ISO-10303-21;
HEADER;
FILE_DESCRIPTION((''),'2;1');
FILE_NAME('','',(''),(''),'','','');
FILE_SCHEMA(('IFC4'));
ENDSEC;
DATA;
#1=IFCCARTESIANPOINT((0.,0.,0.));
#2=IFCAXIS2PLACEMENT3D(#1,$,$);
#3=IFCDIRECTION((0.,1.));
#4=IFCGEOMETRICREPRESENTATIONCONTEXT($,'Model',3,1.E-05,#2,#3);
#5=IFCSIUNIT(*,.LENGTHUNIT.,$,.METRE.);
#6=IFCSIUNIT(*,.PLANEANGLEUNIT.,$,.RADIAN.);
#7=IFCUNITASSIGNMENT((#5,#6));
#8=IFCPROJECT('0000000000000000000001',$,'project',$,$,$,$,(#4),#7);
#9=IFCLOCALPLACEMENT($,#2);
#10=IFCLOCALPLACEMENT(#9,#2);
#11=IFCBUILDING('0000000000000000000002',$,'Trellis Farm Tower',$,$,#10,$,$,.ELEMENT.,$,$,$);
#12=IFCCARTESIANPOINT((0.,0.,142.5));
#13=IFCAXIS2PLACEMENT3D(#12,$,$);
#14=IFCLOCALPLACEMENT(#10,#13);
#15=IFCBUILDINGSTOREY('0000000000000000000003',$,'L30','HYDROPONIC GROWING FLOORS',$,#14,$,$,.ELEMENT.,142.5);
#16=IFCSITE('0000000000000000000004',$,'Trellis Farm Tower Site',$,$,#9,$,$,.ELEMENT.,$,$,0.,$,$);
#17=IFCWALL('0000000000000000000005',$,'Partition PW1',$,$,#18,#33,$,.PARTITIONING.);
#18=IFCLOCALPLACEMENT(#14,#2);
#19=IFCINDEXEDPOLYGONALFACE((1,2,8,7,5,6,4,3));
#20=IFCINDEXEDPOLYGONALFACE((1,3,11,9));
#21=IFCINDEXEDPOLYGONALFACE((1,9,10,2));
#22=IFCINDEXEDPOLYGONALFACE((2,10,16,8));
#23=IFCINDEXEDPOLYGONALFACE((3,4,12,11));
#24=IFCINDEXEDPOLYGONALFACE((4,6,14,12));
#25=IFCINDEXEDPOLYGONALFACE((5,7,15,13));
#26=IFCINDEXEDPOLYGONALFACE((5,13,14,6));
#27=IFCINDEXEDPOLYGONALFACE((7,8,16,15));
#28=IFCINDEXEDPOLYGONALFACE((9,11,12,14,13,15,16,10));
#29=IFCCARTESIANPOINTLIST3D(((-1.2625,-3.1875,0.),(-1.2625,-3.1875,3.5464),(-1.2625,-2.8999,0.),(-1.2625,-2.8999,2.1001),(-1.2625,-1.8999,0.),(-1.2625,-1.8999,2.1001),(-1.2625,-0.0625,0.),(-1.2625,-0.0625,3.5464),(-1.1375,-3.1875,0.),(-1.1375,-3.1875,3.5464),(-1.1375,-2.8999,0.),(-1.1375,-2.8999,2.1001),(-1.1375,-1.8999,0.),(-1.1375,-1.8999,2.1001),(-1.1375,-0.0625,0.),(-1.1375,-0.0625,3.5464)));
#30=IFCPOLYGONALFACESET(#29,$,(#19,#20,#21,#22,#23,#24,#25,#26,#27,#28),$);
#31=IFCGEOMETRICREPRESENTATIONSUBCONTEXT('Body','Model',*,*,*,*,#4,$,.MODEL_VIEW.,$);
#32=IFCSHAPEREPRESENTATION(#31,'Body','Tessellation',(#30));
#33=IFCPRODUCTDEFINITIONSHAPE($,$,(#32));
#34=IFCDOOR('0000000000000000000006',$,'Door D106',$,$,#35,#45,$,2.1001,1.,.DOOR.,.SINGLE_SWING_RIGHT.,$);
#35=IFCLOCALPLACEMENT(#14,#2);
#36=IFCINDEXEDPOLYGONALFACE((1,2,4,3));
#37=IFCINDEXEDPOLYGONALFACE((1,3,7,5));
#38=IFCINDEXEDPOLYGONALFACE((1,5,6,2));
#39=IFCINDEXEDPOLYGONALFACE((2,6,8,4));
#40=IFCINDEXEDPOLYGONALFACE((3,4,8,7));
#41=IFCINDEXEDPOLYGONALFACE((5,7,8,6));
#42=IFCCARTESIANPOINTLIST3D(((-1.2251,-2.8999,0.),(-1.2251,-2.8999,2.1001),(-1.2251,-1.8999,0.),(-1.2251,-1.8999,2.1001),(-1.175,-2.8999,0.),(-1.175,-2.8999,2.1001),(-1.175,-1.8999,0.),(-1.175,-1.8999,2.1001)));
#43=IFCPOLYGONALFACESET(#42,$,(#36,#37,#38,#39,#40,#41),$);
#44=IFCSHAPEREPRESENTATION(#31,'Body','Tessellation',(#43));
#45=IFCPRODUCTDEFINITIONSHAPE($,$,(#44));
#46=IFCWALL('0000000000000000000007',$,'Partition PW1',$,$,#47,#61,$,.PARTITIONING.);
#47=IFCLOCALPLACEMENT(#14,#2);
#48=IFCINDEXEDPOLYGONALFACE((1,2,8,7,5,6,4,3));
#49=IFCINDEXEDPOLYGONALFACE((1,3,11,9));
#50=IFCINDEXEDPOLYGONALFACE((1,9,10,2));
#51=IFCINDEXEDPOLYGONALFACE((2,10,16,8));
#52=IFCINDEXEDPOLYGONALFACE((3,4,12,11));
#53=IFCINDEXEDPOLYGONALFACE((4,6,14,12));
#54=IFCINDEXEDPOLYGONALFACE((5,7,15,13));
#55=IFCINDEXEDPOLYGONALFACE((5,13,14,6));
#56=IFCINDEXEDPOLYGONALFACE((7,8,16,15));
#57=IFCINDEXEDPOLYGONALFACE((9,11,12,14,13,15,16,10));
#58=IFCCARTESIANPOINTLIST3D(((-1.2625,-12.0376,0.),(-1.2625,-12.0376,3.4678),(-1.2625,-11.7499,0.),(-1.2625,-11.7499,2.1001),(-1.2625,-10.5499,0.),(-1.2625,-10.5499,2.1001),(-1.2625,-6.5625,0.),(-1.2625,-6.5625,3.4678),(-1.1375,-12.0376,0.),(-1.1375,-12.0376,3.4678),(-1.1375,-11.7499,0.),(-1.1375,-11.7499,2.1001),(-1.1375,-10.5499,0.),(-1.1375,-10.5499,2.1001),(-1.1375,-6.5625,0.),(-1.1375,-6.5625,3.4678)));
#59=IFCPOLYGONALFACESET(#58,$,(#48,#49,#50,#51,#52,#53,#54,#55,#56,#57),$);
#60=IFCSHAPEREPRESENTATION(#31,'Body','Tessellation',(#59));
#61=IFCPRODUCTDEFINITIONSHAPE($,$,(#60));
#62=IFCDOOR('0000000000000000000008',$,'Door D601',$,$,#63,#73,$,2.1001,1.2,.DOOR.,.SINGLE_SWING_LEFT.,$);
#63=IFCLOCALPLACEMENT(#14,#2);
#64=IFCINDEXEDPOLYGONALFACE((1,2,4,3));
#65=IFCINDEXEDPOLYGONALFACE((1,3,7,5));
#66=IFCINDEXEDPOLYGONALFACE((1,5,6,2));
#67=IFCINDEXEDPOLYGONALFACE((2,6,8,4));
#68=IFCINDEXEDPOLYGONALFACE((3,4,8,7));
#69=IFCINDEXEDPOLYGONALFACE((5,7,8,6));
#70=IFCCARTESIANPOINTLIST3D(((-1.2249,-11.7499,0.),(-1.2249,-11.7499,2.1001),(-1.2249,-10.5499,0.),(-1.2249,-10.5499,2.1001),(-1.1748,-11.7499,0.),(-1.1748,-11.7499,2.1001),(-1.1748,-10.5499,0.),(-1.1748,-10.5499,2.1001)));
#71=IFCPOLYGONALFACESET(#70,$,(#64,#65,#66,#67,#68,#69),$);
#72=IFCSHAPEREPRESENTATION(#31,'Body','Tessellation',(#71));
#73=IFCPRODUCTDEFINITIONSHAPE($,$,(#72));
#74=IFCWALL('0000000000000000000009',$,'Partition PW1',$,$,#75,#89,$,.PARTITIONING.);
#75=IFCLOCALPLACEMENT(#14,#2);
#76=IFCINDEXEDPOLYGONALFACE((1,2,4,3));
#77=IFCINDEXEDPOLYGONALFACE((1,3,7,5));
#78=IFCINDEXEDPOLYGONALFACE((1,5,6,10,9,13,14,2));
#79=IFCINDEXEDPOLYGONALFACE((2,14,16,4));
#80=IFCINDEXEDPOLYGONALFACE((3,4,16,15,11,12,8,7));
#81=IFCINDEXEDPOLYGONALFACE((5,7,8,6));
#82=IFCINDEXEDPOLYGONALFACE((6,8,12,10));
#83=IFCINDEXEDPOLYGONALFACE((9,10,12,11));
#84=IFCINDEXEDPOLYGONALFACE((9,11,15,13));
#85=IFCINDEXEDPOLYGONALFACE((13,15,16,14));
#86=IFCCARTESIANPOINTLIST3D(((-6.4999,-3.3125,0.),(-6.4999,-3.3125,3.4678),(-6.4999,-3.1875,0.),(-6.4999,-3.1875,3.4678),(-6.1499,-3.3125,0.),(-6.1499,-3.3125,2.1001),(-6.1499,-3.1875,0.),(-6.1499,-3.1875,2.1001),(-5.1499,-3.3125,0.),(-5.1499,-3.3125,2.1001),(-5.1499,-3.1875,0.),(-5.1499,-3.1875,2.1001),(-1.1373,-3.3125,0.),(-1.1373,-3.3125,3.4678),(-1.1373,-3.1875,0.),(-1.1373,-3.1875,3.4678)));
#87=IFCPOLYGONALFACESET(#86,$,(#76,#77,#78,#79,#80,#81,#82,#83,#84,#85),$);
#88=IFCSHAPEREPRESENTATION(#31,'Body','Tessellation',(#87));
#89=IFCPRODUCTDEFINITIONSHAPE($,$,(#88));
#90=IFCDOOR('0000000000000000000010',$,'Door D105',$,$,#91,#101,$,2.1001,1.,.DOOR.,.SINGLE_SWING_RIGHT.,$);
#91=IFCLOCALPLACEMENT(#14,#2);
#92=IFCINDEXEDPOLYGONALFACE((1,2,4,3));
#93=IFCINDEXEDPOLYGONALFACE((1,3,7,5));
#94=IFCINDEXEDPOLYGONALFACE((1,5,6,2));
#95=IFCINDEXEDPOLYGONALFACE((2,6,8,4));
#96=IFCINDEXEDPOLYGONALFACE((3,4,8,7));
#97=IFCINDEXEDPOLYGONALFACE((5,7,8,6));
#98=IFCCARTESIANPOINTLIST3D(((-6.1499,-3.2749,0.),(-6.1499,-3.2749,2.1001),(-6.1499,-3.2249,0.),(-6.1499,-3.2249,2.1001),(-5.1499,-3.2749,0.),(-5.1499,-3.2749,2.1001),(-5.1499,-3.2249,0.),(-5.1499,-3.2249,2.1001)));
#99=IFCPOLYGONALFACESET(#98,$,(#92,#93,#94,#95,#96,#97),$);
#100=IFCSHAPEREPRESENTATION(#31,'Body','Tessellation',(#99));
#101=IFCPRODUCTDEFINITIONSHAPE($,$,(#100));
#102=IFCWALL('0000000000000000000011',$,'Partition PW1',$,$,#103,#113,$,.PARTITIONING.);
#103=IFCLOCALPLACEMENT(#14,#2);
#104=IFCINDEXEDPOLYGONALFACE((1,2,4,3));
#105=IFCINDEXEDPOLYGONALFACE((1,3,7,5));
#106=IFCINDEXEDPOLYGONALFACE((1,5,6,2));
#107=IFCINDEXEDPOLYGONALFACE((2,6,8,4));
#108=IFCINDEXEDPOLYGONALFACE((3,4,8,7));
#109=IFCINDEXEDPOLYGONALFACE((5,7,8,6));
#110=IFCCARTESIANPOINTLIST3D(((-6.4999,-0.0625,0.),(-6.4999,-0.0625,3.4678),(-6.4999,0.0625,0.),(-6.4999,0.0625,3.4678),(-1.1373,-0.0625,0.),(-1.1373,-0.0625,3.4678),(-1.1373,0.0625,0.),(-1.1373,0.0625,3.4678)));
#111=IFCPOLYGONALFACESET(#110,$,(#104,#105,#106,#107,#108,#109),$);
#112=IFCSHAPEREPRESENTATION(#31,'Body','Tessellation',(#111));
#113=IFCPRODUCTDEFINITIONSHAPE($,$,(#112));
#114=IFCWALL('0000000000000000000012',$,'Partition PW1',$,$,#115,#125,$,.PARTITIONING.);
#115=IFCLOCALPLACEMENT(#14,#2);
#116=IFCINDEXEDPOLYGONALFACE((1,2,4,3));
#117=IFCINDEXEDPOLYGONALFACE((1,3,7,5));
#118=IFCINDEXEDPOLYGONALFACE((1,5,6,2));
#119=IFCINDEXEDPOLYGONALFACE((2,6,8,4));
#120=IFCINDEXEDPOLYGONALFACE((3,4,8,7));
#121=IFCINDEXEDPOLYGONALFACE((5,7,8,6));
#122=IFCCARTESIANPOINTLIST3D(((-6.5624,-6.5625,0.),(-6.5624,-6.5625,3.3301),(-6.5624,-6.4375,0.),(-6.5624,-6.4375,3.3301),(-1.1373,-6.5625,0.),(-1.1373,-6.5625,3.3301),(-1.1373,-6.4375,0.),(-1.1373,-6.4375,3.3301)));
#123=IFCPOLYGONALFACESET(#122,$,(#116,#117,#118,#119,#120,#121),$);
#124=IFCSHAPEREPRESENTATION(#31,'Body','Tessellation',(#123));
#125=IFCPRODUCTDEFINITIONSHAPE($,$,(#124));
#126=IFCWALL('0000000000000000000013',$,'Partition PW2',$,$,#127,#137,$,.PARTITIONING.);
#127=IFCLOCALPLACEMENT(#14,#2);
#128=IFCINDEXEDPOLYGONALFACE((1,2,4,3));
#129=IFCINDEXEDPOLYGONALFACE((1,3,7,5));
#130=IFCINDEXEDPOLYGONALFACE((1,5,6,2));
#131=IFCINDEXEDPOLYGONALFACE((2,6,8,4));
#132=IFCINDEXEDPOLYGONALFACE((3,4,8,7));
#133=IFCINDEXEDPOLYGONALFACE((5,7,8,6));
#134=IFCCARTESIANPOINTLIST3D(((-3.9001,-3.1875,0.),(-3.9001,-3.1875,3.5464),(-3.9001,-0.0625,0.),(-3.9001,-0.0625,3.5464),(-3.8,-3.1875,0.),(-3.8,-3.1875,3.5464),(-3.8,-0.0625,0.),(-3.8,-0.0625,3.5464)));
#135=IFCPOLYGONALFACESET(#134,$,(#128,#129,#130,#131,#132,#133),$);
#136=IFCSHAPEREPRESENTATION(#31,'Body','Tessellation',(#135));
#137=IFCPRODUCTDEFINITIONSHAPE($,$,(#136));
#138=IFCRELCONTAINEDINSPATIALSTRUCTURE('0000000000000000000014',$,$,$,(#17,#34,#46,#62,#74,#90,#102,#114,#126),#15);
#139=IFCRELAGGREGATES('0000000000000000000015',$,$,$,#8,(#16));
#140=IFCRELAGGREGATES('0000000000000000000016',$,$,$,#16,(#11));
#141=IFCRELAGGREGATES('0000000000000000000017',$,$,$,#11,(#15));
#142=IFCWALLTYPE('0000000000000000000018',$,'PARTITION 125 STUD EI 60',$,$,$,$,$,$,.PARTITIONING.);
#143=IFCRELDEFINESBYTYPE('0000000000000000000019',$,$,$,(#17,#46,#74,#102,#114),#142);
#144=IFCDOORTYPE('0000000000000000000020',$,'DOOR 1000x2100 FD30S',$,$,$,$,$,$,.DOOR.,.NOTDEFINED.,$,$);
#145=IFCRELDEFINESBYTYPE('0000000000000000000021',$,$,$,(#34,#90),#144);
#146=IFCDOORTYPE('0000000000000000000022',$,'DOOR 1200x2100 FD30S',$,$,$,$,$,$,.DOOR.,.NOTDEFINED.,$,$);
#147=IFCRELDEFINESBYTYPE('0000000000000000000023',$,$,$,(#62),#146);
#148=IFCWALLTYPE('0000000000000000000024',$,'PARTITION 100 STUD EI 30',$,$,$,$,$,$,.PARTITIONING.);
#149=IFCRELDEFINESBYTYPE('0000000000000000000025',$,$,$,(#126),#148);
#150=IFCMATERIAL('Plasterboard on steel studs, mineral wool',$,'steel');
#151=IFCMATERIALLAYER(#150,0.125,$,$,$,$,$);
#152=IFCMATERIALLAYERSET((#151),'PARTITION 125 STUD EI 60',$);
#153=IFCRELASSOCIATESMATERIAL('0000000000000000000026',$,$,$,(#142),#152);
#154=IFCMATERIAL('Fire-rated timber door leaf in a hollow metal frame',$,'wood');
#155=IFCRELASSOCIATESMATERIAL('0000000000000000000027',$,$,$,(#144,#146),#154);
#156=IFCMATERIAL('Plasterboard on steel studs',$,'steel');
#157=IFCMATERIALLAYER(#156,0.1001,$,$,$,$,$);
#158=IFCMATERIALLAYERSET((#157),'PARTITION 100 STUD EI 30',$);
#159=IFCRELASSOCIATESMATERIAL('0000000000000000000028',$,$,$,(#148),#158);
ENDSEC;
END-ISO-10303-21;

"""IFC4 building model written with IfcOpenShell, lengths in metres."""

from ifc_helpers import new_model, si_unit, direction, frame, frame_2d, origin, place, context, subcontext, project, spatial, rectangle, extrude, source, transform, mapped, material, layer, layer_set, type_object, element, fill, save


model = new_model("IFC4")

# Units and contexts
model_context = context("Model", 3, precision=1e-05, world=origin(), true_north=direction((0.0, 1.0)))
body_context = subcontext(model_context, "Body", "Model", "MODEL_VIEW")
ifc_project = project(units=[si_unit("LENGTHUNIT", "METRE"), si_unit("PLANEANGLEUNIT", "RADIAN")], contexts=[model_context])

# Site, building, storey
site_placement = place(None, origin())
site = spatial("IfcSite", under=ifc_project, at=site_placement, Name="Trellis Farm Tower Site", CompositionType="ELEMENT", RefElevation=0.0)
building_placement = place(site_placement, origin())
building = spatial("IfcBuilding", under=site, at=building_placement, Name="Trellis Farm Tower", CompositionType="ELEMENT")
storey_placement = place(building_placement, frame((0.0, 0.0, 142.5)))
storey = spatial("IfcBuildingStorey", under=building, at=storey_placement, Name="L30", Description="HYDROPONIC GROWING FLOORS", CompositionType="ELEMENT", Elevation=142.5)

# Walls, openings, doors
ifc_material_1 = material(Name="Plasterboard on steel studs, mineral wool", Category="steel")
ifc_layer_1 = layer(ifc_material_1, 0.125)
ifc_layer_set_1 = layer_set([ifc_layer_1], Name="PARTITION 125 STUD EI 60")
wall_type_1 = type_object("IfcWallType", Name="PARTITION 125 STUD EI 60", PredefinedType="PARTITIONING", material=ifc_layer_set_1)
shared_shape_1 = source(origin(), body_context, "Body", "SweptSolid", [
    extrude(rectangle(XDim=3.125, YDim=0.125, at=frame_2d((1.5625, 0.0))), origin(), (0.0, 0.0, 1.0), 3.5464),
])
wall_1_placement = place(storey_placement, frame((-1.2, -0.0625, 0.0), z_axis=(0.0, 0.0, 1.0), x_axis=(0.0, -1.0, 0.0)))
wall_1 = element("IfcWall", 1, at=wall_1_placement, inside=storey, type_object=wall_type_1, Name="Partition PW1", PredefinedType="PARTITIONING", context=body_context, shape_type="MappedRepresentation", body=[
    mapped(shared_shape_1, transform((0.0, 0.0, 0.0))),
])
shared_shape_2 = source(origin(), body_context, "Body", "SweptSolid", [
    extrude(rectangle(XDim=1.0, YDim=2.1001, at=frame_2d((0.5, 1.05))), frame((0.0, 0.0725, 0.0), z_axis=(0.0, -1.0, 0.0), x_axis=(1.0, 0.0, 0.0)), (0.0, 0.0, 1.0), 0.145),
])
opening_1_placement = place(wall_1_placement, frame((1.8374, 0.0, 0.0)))
opening_1 = element("IfcOpeningElement", 2, at=opening_1_placement, cuts=wall_1, PredefinedType="OPENING", context=body_context, shape_type="MappedRepresentation", body=[
    mapped(shared_shape_2, transform((0.0, 0.0, 0.0))),
])
ifc_material_2 = material(Name="Fire-rated timber door leaf in a hollow metal frame", Category="wood")
door_type_1 = type_object("IfcDoorType", Name="DOOR 1000x2100 FD30S", OperationType="NOTDEFINED", PredefinedType="DOOR", material=ifc_material_2)
shared_shape_3 = source(origin(), body_context, "Body", "SweptSolid", [
    extrude(rectangle(XDim=1.0, YDim=2.1001, at=frame_2d((0.5, 1.05))), frame((0.0, 0.0249, 0.0), z_axis=(0.0, -1.0, 0.0), x_axis=(1.0, 0.0, 0.0)), (0.0, 0.0, 1.0), 0.05),
])
door_1_placement = place(opening_1_placement, origin())
door_1 = element("IfcDoor", 3, at=door_1_placement, inside=storey, type_object=door_type_1, Name="Door D106", OperationType="SINGLE_SWING_RIGHT", OverallHeight=2.1001, OverallWidth=1.0, PredefinedType="DOOR", context=body_context, shape_type="MappedRepresentation", body=[
    mapped(shared_shape_3, transform((0.0, 0.0, 0.0))),
])
fill(opening_1, door_1)
shared_shape_4 = source(origin(), body_context, "Body", "SweptSolid", [
    extrude(rectangle(XDim=5.4751, YDim=0.125, at=frame_2d((2.7375, 0.0))), origin(), (0.0, 0.0, 1.0), 3.4678),
])
wall_2_placement = place(storey_placement, frame((-1.2, -12.0376, 0.0), z_axis=(0.0, 0.0, 1.0), x_axis=(0.0, 1.0, 0.0)))
wall_2 = element("IfcWall", 4, at=wall_2_placement, inside=storey, type_object=wall_type_1, Name="Partition PW1", PredefinedType="PARTITIONING", context=body_context, shape_type="MappedRepresentation", body=[
    mapped(shared_shape_4, transform((0.0, 0.0, 0.0))),
])
shared_shape_5 = source(origin(), body_context, "Body", "SweptSolid", [
    extrude(rectangle(XDim=1.2, YDim=2.1001, at=frame_2d((0.6001, 1.05))), frame((0.0, 0.0725, 0.0), z_axis=(0.0, -1.0, 0.0), x_axis=(1.0, 0.0, 0.0)), (0.0, 0.0, 1.0), 0.145),
])
opening_2_placement = place(wall_2_placement, frame((0.2876, 0.0, 0.0)))
opening_2 = element("IfcOpeningElement", 5, at=opening_2_placement, cuts=wall_2, PredefinedType="OPENING", context=body_context, shape_type="MappedRepresentation", body=[
    mapped(shared_shape_5, transform((0.0, 0.0, 0.0))),
])
door_type_2 = type_object("IfcDoorType", Name="DOOR 1200x2100 FD30S", OperationType="NOTDEFINED", PredefinedType="DOOR", material=ifc_material_2)
shared_shape_6 = source(origin(), body_context, "Body", "SweptSolid", [
    extrude(rectangle(XDim=1.2, YDim=2.1001, at=frame_2d((0.6001, 1.05))), frame((0.0, 0.0249, 0.0), z_axis=(0.0, -1.0, 0.0), x_axis=(1.0, 0.0, 0.0)), (0.0, 0.0, 1.0), 0.05),
])
door_2_placement = place(opening_2_placement, origin())
door_2 = element("IfcDoor", 6, at=door_2_placement, inside=storey, type_object=door_type_2, Name="Door D601", OperationType="SINGLE_SWING_LEFT", OverallHeight=2.1001, OverallWidth=1.2, PredefinedType="DOOR", context=body_context, shape_type="MappedRepresentation", body=[
    mapped(shared_shape_6, transform((0.0, 0.0, 0.0))),
])
fill(opening_2, door_2)
shared_shape_7 = source(origin(), body_context, "Body", "SweptSolid", [
    extrude(rectangle(XDim=5.3625, YDim=0.125, at=frame_2d((2.6812, 0.0))), origin(), (0.0, 0.0, 1.0), 3.4678),
])
wall_3_placement = place(storey_placement, frame((-1.1375, -3.25, 0.0), z_axis=(0.0, 0.0, 1.0), x_axis=(-1.0, 0.0, 0.0)))
wall_3 = element("IfcWall", 7, at=wall_3_placement, inside=storey, type_object=wall_type_1, Name="Partition PW1", PredefinedType="PARTITIONING", context=body_context, shape_type="MappedRepresentation", body=[
    mapped(shared_shape_7, transform((0.0, 0.0, 0.0))),
])
opening_3_placement = place(wall_3_placement, frame((4.0125, 0.0, 0.0)))
opening_3 = element("IfcOpeningElement", 8, at=opening_3_placement, cuts=wall_3, PredefinedType="OPENING", context=body_context, shape_type="MappedRepresentation", body=[
    mapped(shared_shape_2, transform((0.0, 0.0, 0.0))),
])
door_3_placement = place(opening_3_placement, origin())
door_3 = element("IfcDoor", 9, at=door_3_placement, inside=storey, type_object=door_type_1, Name="Door D105", OperationType="SINGLE_SWING_RIGHT", OverallHeight=2.1001, OverallWidth=1.0, PredefinedType="DOOR", context=body_context, shape_type="MappedRepresentation", body=[
    mapped(shared_shape_3, transform((0.0, 0.0, 0.0))),
])
fill(opening_3, door_3)

# Walls
wall_4_placement = place(storey_placement, frame((-1.1375, 0.0, 0.0), z_axis=(0.0, 0.0, 1.0), x_axis=(-1.0, 0.0, 0.0)))
element("IfcWall", 10, at=wall_4_placement, inside=storey, type_object=wall_type_1, Name="Partition PW1", PredefinedType="PARTITIONING", context=body_context, shape_type="MappedRepresentation", body=[
    mapped(shared_shape_7, transform((0.0, 0.0, 0.0))),
])
shared_shape_8 = source(origin(), body_context, "Body", "SweptSolid", [
    extrude(rectangle(XDim=5.425, YDim=0.125, at=frame_2d((2.7124, 0.0))), origin(), (0.0, 0.0, 1.0), 3.3301),
])
wall_5_placement = place(storey_placement, frame((-1.1375, -6.5, 0.0), z_axis=(0.0, 0.0, 1.0), x_axis=(-1.0, 0.0, 0.0)))
element("IfcWall", 11, at=wall_5_placement, inside=storey, type_object=wall_type_1, Name="Partition PW1", PredefinedType="PARTITIONING", context=body_context, shape_type="MappedRepresentation", body=[
    mapped(shared_shape_8, transform((0.0, 0.0, 0.0))),
])
ifc_material_3 = material(Name="Plasterboard on steel studs", Category="steel")
ifc_layer_2 = layer(ifc_material_3, 0.1001)
ifc_layer_set_2 = layer_set([ifc_layer_2], Name="PARTITION 100 STUD EI 30")
wall_type_2 = type_object("IfcWallType", Name="PARTITION 100 STUD EI 30", PredefinedType="PARTITIONING", material=ifc_layer_set_2)
shared_shape_9 = source(origin(), body_context, "Body", "SweptSolid", [
    extrude(rectangle(XDim=3.125, YDim=0.1001, at=frame_2d((1.5625, 0.0))), origin(), (0.0, 0.0, 1.0), 3.5464),
])
wall_6_placement = place(storey_placement, frame((-3.8501, -3.1875, 0.0), z_axis=(0.0, 0.0, 1.0), x_axis=(0.0, 1.0, 0.0)))
element("IfcWall", 12, at=wall_6_placement, inside=storey, type_object=wall_type_2, Name="Partition PW2", PredefinedType="PARTITIONING", context=body_context, shape_type="MappedRepresentation", body=[
    mapped(shared_shape_9, transform((0.0, 0.0, 0.0))),
])

save(model, "model.ifc")
